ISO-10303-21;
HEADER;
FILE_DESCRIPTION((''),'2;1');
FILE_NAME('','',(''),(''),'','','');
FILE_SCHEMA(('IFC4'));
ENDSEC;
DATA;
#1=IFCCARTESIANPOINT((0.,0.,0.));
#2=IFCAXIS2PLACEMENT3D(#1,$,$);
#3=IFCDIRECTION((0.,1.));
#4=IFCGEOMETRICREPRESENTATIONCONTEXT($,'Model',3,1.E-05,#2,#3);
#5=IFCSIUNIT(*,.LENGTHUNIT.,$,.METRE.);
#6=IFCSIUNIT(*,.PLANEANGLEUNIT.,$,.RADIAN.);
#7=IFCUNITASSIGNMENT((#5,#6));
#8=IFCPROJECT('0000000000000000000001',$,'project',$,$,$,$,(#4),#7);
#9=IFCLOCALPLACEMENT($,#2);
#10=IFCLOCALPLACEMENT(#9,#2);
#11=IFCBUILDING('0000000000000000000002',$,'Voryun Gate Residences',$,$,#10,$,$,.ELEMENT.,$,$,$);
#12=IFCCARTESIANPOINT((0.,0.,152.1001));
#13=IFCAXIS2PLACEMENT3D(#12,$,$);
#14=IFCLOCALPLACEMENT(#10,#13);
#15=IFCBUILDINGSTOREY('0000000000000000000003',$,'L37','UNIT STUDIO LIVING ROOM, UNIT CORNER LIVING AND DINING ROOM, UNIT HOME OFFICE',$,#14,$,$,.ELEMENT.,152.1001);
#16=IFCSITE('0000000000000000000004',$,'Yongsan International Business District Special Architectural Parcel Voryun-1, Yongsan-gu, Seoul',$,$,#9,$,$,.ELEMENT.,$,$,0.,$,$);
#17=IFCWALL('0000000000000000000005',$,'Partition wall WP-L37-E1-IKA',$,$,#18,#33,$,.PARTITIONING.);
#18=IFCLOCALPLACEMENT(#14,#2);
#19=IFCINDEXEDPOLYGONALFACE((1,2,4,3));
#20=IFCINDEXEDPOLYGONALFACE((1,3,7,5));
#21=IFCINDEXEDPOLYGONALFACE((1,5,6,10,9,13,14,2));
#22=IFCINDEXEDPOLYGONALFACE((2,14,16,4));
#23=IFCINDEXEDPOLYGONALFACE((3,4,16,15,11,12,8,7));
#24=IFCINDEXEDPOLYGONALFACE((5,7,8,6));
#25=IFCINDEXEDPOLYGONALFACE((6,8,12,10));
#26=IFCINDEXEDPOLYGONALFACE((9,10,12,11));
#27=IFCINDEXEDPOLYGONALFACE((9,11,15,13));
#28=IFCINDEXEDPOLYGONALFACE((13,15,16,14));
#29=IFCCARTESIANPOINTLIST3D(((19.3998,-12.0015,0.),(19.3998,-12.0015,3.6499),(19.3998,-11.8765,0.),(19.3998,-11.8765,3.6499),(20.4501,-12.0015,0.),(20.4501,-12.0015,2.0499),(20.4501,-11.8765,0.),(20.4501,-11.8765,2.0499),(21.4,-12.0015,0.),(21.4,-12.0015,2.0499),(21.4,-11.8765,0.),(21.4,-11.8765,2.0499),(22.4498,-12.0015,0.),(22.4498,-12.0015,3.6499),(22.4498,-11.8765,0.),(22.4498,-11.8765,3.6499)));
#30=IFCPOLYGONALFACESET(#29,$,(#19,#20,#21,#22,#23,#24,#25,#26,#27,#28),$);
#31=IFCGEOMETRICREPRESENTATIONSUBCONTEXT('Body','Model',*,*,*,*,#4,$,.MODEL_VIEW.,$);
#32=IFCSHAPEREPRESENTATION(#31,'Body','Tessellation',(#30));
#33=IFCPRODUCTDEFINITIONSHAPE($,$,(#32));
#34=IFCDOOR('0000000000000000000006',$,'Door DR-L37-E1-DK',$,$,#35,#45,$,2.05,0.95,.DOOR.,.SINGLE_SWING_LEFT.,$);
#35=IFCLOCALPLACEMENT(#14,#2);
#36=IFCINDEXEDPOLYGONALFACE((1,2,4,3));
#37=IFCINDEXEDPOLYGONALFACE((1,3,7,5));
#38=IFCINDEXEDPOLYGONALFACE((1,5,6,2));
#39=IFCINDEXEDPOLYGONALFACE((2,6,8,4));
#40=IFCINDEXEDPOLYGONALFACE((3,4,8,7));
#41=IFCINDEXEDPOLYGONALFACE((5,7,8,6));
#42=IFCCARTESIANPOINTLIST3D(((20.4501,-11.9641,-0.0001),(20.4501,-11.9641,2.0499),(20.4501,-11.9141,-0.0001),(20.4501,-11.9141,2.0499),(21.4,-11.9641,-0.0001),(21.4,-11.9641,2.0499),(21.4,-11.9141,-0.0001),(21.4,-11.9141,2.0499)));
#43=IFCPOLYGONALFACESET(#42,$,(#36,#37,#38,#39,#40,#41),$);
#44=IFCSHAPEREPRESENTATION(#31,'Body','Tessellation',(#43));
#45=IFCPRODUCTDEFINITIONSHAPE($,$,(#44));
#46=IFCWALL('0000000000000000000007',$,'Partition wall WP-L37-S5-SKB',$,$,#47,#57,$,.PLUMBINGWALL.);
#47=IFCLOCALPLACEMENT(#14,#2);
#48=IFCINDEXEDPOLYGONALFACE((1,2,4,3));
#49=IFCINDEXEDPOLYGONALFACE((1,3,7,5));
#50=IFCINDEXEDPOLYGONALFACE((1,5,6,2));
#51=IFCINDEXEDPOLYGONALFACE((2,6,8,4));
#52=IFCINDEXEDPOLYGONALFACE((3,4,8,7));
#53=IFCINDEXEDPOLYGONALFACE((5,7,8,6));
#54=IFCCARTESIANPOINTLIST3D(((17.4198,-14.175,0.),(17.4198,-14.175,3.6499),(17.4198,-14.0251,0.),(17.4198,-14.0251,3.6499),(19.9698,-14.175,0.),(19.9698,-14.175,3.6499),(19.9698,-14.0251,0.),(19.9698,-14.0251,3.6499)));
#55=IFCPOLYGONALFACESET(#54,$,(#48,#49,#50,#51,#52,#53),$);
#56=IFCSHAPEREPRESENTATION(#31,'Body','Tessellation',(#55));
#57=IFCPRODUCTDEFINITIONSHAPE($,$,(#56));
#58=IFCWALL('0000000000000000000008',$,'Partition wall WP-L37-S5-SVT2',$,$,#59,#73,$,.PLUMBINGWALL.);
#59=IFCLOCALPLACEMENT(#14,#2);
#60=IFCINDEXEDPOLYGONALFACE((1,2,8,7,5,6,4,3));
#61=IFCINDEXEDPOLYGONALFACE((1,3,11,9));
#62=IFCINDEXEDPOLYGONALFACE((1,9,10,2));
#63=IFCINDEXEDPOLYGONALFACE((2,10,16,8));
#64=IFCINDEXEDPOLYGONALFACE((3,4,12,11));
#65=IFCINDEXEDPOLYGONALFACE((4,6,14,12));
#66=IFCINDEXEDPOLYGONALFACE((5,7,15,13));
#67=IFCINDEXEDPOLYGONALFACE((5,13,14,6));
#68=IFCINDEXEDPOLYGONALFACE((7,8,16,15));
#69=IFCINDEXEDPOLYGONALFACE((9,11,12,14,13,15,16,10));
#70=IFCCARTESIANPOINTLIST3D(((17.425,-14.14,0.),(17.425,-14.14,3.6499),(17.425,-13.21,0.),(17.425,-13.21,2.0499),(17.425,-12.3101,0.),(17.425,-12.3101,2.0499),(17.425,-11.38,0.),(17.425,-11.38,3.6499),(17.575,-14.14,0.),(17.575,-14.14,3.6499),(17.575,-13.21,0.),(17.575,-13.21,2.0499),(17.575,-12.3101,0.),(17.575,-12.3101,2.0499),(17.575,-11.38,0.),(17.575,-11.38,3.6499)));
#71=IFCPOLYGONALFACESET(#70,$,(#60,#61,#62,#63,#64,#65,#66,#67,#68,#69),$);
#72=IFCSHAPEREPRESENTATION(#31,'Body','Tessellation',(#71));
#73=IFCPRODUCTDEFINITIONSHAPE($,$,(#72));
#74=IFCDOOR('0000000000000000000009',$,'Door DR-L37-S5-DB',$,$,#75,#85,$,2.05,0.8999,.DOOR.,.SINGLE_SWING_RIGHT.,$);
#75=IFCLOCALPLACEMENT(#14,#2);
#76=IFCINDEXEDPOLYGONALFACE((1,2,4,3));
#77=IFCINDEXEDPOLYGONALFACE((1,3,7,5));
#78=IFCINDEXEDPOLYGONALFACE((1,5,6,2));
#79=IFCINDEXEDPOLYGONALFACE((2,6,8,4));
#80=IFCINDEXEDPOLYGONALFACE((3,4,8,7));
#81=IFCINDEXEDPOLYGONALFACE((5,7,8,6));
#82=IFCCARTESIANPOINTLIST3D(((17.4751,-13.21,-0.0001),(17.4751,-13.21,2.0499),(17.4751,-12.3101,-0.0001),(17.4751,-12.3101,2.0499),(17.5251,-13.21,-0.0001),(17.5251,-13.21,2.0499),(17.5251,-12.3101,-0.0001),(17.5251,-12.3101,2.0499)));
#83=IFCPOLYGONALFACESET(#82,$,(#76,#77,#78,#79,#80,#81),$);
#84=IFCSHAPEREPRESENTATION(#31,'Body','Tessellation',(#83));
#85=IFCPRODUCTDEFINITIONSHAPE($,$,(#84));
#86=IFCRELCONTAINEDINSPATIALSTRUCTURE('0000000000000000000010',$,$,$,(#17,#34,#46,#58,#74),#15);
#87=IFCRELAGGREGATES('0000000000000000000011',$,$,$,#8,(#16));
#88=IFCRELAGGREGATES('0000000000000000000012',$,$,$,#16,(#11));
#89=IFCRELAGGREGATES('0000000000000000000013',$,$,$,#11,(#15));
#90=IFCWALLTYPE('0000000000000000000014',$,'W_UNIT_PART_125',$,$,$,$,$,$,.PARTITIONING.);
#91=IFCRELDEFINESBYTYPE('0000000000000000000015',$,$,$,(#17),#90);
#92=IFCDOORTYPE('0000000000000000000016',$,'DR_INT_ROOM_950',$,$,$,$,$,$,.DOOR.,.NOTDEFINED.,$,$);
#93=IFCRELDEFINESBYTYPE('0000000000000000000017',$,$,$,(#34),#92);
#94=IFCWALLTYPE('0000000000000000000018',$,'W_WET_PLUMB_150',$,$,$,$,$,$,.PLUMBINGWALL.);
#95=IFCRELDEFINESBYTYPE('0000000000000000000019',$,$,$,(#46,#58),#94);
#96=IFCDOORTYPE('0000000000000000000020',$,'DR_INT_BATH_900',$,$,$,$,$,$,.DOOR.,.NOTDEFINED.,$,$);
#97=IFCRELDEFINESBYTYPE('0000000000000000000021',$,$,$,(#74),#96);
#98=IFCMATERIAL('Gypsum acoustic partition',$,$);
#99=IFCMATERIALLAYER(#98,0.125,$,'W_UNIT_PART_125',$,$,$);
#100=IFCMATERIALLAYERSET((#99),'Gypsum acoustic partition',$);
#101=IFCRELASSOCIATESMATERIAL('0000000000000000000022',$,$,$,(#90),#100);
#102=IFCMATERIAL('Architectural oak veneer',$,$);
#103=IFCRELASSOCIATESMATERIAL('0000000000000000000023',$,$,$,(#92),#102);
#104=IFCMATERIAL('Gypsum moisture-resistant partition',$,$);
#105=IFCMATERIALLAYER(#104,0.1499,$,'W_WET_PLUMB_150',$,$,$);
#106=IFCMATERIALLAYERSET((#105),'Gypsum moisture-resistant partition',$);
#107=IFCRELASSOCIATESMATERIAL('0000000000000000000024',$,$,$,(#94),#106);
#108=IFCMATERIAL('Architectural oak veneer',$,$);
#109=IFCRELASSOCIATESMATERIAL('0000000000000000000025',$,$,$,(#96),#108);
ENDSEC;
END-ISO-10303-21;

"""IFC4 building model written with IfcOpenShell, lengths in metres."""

from ifc_helpers import new_model, si_unit, direction, frame, frame_2d, origin, place, context, subcontext, project, spatial, rectangle, extrude, material, layer, layer_set, type_object, element, fill, save


model = new_model("IFC4")

# Units and contexts
model_context = context("Model", 3, precision=1e-05, world=origin(), true_north=direction((0.0, 1.0)))
body_context = subcontext(model_context, "Body", "Model", "MODEL_VIEW")
ifc_project = project(units=[si_unit("LENGTHUNIT", "METRE"), si_unit("PLANEANGLEUNIT", "RADIAN")], contexts=[model_context])

# Site, building, storey
site_placement = place(None, origin())
site = spatial("IfcSite", under=ifc_project, at=site_placement, Name="Yongsan International Business District Special Architectural Parcel Voryun-1, Yongsan-gu, Seoul", CompositionType="ELEMENT", RefElevation=0.0)
building_placement = place(site_placement, origin())
building = spatial("IfcBuilding", under=site, at=building_placement, Name="Voryun Gate Residences", CompositionType="ELEMENT")
storey_placement = place(building_placement, frame((0.0, 0.0, 152.1001)))
storey = spatial("IfcBuildingStorey", under=building, at=storey_placement, Name="L37", Description="UNIT STUDIO LIVING ROOM, UNIT CORNER LIVING AND DINING ROOM, UNIT HOME OFFICE", CompositionType="ELEMENT", Elevation=152.1001)

# Wall, opening, door
ifc_material_1 = material(Name="Gypsum acoustic partition")
ifc_layer_1 = layer(ifc_material_1, 0.125, Name="W_UNIT_PART_125")
ifc_layer_set_1 = layer_set([ifc_layer_1], Name="Gypsum acoustic partition")
wall_type_1 = type_object("IfcWallType", Name="W_UNIT_PART_125", PredefinedType="PARTITIONING", material=ifc_layer_set_1)
wall_1_placement = place(storey_placement, frame((19.3999, -11.939, 0.0), z_axis=(0.0, 0.0, 1.0), x_axis=(1.0, 0.0, 0.0)))
wall_1 = element("IfcWall", 1, at=wall_1_placement, inside=storey, type_object=wall_type_1, Name="Partition wall WP-L37-E1-IKA", PredefinedType="PARTITIONING", context=body_context, shape_type="SweptSolid", body=[
    extrude(rectangle(XDim=3.05, YDim=0.125, at=frame_2d((1.5249, 0.0))), origin(), (0.0, 0.0, 1.0), 3.6499),
])
opening_1_placement = place(wall_1_placement, frame((1.05, 0.0, 0.0)))
opening_1 = element("IfcOpeningElement", 2, at=opening_1_placement, cuts=wall_1, PredefinedType="OPENING", context=body_context, shape_type="SweptSolid", body=[
    extrude(rectangle(XDim=0.95, YDim=2.05, at=frame_2d((0.4751, 1.0249))), frame((0.0, 0.0725, 0.0), z_axis=(0.0, -1.0, 0.0), x_axis=(1.0, 0.0, 0.0)), (0.0, 0.0, 1.0), 0.145),
])
ifc_material_2 = material(Name="Architectural oak veneer")
door_type_1 = type_object("IfcDoorType", Name="DR_INT_ROOM_950", OperationType="NOTDEFINED", PredefinedType="DOOR", material=ifc_material_2)
door_1_placement = place(opening_1_placement, origin())
door_1 = element("IfcDoor", 3, at=door_1_placement, inside=storey, type_object=door_type_1, Name="Door DR-L37-E1-DK", OperationType="SINGLE_SWING_LEFT", OverallHeight=2.05, OverallWidth=0.95, PredefinedType="DOOR", context=body_context, shape_type="SweptSolid", body=[
    extrude(rectangle(XDim=0.95, YDim=2.05, at=frame_2d((0.4751, 1.0249))), frame((0.0, 0.0249, 0.0), z_axis=(0.0, -1.0, 0.0), x_axis=(1.0, 0.0, 0.0)), (0.0, 0.0, 1.0), 0.05),
])
fill(opening_1, door_1)

# Wall
ifc_material_3 = material(Name="Gypsum moisture-resistant partition")
ifc_layer_2 = layer(ifc_material_3, 0.1499, Name="W_WET_PLUMB_150")
ifc_layer_set_2 = layer_set([ifc_layer_2], Name="Gypsum moisture-resistant partition")
wall_type_2 = type_object("IfcWallType", Name="W_WET_PLUMB_150", PredefinedType="PLUMBINGWALL", material=ifc_layer_set_2)
wall_2_placement = place(storey_placement, frame((17.4199, -14.1001, 0.0), z_axis=(0.0, 0.0, 1.0), x_axis=(1.0, 0.0, 0.0)))
element("IfcWall", 4, at=wall_2_placement, inside=storey, type_object=wall_type_2, Name="Partition wall WP-L37-S5-SKB", PredefinedType="PLUMBINGWALL", context=body_context, shape_type="SweptSolid", body=[
    extrude(rectangle(XDim=2.55, YDim=0.1499, at=frame_2d((1.2749, 0.0))), origin(), (0.0, 0.0, 1.0), 3.6499),
])

# Wall, opening, door
wall_3_placement = place(storey_placement, frame((17.5, -14.1399, 0.0), z_axis=(0.0, 0.0, 1.0), x_axis=(0.0, 1.0, 0.0)))
wall_3 = element("IfcWall", 5, at=wall_3_placement, inside=storey, type_object=wall_type_2, Name="Partition wall WP-L37-S5-SVT2", PredefinedType="PLUMBINGWALL", context=body_context, shape_type="SweptSolid", body=[
    extrude(rectangle(XDim=2.76, YDim=0.1499, at=frame_2d((1.3799, 0.0))), origin(), (0.0, 0.0, 1.0), 3.6499),
])
opening_2_placement = place(wall_3_placement, frame((0.9299, 0.0, 0.0)))
opening_2 = element("IfcOpeningElement", 6, at=opening_2_placement, cuts=wall_3, PredefinedType="OPENING", context=body_context, shape_type="SweptSolid", body=[
    extrude(rectangle(XDim=0.8999, YDim=2.05, at=frame_2d((0.45, 1.0249))), frame((0.0, 0.085, 0.0), z_axis=(0.0, -1.0, 0.0), x_axis=(1.0, 0.0, 0.0)), (0.0, 0.0, 1.0), 0.1699),
])
ifc_material_4 = material(Name="Architectural oak veneer")
door_type_2 = type_object("IfcDoorType", Name="DR_INT_BATH_900", OperationType="NOTDEFINED", PredefinedType="DOOR", material=ifc_material_4)
door_2_placement = place(opening_2_placement, origin())
door_2 = element("IfcDoor", 7, at=door_2_placement, inside=storey, type_object=door_type_2, Name="Door DR-L37-S5-DB", OperationType="SINGLE_SWING_RIGHT", OverallHeight=2.05, OverallWidth=0.8999, PredefinedType="DOOR", context=body_context, shape_type="SweptSolid", body=[
    extrude(rectangle(XDim=0.8999, YDim=2.05, at=frame_2d((0.45, 1.0249))), frame((0.0, 0.0249, 0.0), z_axis=(0.0, -1.0, 0.0), x_axis=(1.0, 0.0, 0.0)), (0.0, 0.0, 1.0), 0.05),
])
fill(opening_2, door_2)

save(model, "model.ifc")
